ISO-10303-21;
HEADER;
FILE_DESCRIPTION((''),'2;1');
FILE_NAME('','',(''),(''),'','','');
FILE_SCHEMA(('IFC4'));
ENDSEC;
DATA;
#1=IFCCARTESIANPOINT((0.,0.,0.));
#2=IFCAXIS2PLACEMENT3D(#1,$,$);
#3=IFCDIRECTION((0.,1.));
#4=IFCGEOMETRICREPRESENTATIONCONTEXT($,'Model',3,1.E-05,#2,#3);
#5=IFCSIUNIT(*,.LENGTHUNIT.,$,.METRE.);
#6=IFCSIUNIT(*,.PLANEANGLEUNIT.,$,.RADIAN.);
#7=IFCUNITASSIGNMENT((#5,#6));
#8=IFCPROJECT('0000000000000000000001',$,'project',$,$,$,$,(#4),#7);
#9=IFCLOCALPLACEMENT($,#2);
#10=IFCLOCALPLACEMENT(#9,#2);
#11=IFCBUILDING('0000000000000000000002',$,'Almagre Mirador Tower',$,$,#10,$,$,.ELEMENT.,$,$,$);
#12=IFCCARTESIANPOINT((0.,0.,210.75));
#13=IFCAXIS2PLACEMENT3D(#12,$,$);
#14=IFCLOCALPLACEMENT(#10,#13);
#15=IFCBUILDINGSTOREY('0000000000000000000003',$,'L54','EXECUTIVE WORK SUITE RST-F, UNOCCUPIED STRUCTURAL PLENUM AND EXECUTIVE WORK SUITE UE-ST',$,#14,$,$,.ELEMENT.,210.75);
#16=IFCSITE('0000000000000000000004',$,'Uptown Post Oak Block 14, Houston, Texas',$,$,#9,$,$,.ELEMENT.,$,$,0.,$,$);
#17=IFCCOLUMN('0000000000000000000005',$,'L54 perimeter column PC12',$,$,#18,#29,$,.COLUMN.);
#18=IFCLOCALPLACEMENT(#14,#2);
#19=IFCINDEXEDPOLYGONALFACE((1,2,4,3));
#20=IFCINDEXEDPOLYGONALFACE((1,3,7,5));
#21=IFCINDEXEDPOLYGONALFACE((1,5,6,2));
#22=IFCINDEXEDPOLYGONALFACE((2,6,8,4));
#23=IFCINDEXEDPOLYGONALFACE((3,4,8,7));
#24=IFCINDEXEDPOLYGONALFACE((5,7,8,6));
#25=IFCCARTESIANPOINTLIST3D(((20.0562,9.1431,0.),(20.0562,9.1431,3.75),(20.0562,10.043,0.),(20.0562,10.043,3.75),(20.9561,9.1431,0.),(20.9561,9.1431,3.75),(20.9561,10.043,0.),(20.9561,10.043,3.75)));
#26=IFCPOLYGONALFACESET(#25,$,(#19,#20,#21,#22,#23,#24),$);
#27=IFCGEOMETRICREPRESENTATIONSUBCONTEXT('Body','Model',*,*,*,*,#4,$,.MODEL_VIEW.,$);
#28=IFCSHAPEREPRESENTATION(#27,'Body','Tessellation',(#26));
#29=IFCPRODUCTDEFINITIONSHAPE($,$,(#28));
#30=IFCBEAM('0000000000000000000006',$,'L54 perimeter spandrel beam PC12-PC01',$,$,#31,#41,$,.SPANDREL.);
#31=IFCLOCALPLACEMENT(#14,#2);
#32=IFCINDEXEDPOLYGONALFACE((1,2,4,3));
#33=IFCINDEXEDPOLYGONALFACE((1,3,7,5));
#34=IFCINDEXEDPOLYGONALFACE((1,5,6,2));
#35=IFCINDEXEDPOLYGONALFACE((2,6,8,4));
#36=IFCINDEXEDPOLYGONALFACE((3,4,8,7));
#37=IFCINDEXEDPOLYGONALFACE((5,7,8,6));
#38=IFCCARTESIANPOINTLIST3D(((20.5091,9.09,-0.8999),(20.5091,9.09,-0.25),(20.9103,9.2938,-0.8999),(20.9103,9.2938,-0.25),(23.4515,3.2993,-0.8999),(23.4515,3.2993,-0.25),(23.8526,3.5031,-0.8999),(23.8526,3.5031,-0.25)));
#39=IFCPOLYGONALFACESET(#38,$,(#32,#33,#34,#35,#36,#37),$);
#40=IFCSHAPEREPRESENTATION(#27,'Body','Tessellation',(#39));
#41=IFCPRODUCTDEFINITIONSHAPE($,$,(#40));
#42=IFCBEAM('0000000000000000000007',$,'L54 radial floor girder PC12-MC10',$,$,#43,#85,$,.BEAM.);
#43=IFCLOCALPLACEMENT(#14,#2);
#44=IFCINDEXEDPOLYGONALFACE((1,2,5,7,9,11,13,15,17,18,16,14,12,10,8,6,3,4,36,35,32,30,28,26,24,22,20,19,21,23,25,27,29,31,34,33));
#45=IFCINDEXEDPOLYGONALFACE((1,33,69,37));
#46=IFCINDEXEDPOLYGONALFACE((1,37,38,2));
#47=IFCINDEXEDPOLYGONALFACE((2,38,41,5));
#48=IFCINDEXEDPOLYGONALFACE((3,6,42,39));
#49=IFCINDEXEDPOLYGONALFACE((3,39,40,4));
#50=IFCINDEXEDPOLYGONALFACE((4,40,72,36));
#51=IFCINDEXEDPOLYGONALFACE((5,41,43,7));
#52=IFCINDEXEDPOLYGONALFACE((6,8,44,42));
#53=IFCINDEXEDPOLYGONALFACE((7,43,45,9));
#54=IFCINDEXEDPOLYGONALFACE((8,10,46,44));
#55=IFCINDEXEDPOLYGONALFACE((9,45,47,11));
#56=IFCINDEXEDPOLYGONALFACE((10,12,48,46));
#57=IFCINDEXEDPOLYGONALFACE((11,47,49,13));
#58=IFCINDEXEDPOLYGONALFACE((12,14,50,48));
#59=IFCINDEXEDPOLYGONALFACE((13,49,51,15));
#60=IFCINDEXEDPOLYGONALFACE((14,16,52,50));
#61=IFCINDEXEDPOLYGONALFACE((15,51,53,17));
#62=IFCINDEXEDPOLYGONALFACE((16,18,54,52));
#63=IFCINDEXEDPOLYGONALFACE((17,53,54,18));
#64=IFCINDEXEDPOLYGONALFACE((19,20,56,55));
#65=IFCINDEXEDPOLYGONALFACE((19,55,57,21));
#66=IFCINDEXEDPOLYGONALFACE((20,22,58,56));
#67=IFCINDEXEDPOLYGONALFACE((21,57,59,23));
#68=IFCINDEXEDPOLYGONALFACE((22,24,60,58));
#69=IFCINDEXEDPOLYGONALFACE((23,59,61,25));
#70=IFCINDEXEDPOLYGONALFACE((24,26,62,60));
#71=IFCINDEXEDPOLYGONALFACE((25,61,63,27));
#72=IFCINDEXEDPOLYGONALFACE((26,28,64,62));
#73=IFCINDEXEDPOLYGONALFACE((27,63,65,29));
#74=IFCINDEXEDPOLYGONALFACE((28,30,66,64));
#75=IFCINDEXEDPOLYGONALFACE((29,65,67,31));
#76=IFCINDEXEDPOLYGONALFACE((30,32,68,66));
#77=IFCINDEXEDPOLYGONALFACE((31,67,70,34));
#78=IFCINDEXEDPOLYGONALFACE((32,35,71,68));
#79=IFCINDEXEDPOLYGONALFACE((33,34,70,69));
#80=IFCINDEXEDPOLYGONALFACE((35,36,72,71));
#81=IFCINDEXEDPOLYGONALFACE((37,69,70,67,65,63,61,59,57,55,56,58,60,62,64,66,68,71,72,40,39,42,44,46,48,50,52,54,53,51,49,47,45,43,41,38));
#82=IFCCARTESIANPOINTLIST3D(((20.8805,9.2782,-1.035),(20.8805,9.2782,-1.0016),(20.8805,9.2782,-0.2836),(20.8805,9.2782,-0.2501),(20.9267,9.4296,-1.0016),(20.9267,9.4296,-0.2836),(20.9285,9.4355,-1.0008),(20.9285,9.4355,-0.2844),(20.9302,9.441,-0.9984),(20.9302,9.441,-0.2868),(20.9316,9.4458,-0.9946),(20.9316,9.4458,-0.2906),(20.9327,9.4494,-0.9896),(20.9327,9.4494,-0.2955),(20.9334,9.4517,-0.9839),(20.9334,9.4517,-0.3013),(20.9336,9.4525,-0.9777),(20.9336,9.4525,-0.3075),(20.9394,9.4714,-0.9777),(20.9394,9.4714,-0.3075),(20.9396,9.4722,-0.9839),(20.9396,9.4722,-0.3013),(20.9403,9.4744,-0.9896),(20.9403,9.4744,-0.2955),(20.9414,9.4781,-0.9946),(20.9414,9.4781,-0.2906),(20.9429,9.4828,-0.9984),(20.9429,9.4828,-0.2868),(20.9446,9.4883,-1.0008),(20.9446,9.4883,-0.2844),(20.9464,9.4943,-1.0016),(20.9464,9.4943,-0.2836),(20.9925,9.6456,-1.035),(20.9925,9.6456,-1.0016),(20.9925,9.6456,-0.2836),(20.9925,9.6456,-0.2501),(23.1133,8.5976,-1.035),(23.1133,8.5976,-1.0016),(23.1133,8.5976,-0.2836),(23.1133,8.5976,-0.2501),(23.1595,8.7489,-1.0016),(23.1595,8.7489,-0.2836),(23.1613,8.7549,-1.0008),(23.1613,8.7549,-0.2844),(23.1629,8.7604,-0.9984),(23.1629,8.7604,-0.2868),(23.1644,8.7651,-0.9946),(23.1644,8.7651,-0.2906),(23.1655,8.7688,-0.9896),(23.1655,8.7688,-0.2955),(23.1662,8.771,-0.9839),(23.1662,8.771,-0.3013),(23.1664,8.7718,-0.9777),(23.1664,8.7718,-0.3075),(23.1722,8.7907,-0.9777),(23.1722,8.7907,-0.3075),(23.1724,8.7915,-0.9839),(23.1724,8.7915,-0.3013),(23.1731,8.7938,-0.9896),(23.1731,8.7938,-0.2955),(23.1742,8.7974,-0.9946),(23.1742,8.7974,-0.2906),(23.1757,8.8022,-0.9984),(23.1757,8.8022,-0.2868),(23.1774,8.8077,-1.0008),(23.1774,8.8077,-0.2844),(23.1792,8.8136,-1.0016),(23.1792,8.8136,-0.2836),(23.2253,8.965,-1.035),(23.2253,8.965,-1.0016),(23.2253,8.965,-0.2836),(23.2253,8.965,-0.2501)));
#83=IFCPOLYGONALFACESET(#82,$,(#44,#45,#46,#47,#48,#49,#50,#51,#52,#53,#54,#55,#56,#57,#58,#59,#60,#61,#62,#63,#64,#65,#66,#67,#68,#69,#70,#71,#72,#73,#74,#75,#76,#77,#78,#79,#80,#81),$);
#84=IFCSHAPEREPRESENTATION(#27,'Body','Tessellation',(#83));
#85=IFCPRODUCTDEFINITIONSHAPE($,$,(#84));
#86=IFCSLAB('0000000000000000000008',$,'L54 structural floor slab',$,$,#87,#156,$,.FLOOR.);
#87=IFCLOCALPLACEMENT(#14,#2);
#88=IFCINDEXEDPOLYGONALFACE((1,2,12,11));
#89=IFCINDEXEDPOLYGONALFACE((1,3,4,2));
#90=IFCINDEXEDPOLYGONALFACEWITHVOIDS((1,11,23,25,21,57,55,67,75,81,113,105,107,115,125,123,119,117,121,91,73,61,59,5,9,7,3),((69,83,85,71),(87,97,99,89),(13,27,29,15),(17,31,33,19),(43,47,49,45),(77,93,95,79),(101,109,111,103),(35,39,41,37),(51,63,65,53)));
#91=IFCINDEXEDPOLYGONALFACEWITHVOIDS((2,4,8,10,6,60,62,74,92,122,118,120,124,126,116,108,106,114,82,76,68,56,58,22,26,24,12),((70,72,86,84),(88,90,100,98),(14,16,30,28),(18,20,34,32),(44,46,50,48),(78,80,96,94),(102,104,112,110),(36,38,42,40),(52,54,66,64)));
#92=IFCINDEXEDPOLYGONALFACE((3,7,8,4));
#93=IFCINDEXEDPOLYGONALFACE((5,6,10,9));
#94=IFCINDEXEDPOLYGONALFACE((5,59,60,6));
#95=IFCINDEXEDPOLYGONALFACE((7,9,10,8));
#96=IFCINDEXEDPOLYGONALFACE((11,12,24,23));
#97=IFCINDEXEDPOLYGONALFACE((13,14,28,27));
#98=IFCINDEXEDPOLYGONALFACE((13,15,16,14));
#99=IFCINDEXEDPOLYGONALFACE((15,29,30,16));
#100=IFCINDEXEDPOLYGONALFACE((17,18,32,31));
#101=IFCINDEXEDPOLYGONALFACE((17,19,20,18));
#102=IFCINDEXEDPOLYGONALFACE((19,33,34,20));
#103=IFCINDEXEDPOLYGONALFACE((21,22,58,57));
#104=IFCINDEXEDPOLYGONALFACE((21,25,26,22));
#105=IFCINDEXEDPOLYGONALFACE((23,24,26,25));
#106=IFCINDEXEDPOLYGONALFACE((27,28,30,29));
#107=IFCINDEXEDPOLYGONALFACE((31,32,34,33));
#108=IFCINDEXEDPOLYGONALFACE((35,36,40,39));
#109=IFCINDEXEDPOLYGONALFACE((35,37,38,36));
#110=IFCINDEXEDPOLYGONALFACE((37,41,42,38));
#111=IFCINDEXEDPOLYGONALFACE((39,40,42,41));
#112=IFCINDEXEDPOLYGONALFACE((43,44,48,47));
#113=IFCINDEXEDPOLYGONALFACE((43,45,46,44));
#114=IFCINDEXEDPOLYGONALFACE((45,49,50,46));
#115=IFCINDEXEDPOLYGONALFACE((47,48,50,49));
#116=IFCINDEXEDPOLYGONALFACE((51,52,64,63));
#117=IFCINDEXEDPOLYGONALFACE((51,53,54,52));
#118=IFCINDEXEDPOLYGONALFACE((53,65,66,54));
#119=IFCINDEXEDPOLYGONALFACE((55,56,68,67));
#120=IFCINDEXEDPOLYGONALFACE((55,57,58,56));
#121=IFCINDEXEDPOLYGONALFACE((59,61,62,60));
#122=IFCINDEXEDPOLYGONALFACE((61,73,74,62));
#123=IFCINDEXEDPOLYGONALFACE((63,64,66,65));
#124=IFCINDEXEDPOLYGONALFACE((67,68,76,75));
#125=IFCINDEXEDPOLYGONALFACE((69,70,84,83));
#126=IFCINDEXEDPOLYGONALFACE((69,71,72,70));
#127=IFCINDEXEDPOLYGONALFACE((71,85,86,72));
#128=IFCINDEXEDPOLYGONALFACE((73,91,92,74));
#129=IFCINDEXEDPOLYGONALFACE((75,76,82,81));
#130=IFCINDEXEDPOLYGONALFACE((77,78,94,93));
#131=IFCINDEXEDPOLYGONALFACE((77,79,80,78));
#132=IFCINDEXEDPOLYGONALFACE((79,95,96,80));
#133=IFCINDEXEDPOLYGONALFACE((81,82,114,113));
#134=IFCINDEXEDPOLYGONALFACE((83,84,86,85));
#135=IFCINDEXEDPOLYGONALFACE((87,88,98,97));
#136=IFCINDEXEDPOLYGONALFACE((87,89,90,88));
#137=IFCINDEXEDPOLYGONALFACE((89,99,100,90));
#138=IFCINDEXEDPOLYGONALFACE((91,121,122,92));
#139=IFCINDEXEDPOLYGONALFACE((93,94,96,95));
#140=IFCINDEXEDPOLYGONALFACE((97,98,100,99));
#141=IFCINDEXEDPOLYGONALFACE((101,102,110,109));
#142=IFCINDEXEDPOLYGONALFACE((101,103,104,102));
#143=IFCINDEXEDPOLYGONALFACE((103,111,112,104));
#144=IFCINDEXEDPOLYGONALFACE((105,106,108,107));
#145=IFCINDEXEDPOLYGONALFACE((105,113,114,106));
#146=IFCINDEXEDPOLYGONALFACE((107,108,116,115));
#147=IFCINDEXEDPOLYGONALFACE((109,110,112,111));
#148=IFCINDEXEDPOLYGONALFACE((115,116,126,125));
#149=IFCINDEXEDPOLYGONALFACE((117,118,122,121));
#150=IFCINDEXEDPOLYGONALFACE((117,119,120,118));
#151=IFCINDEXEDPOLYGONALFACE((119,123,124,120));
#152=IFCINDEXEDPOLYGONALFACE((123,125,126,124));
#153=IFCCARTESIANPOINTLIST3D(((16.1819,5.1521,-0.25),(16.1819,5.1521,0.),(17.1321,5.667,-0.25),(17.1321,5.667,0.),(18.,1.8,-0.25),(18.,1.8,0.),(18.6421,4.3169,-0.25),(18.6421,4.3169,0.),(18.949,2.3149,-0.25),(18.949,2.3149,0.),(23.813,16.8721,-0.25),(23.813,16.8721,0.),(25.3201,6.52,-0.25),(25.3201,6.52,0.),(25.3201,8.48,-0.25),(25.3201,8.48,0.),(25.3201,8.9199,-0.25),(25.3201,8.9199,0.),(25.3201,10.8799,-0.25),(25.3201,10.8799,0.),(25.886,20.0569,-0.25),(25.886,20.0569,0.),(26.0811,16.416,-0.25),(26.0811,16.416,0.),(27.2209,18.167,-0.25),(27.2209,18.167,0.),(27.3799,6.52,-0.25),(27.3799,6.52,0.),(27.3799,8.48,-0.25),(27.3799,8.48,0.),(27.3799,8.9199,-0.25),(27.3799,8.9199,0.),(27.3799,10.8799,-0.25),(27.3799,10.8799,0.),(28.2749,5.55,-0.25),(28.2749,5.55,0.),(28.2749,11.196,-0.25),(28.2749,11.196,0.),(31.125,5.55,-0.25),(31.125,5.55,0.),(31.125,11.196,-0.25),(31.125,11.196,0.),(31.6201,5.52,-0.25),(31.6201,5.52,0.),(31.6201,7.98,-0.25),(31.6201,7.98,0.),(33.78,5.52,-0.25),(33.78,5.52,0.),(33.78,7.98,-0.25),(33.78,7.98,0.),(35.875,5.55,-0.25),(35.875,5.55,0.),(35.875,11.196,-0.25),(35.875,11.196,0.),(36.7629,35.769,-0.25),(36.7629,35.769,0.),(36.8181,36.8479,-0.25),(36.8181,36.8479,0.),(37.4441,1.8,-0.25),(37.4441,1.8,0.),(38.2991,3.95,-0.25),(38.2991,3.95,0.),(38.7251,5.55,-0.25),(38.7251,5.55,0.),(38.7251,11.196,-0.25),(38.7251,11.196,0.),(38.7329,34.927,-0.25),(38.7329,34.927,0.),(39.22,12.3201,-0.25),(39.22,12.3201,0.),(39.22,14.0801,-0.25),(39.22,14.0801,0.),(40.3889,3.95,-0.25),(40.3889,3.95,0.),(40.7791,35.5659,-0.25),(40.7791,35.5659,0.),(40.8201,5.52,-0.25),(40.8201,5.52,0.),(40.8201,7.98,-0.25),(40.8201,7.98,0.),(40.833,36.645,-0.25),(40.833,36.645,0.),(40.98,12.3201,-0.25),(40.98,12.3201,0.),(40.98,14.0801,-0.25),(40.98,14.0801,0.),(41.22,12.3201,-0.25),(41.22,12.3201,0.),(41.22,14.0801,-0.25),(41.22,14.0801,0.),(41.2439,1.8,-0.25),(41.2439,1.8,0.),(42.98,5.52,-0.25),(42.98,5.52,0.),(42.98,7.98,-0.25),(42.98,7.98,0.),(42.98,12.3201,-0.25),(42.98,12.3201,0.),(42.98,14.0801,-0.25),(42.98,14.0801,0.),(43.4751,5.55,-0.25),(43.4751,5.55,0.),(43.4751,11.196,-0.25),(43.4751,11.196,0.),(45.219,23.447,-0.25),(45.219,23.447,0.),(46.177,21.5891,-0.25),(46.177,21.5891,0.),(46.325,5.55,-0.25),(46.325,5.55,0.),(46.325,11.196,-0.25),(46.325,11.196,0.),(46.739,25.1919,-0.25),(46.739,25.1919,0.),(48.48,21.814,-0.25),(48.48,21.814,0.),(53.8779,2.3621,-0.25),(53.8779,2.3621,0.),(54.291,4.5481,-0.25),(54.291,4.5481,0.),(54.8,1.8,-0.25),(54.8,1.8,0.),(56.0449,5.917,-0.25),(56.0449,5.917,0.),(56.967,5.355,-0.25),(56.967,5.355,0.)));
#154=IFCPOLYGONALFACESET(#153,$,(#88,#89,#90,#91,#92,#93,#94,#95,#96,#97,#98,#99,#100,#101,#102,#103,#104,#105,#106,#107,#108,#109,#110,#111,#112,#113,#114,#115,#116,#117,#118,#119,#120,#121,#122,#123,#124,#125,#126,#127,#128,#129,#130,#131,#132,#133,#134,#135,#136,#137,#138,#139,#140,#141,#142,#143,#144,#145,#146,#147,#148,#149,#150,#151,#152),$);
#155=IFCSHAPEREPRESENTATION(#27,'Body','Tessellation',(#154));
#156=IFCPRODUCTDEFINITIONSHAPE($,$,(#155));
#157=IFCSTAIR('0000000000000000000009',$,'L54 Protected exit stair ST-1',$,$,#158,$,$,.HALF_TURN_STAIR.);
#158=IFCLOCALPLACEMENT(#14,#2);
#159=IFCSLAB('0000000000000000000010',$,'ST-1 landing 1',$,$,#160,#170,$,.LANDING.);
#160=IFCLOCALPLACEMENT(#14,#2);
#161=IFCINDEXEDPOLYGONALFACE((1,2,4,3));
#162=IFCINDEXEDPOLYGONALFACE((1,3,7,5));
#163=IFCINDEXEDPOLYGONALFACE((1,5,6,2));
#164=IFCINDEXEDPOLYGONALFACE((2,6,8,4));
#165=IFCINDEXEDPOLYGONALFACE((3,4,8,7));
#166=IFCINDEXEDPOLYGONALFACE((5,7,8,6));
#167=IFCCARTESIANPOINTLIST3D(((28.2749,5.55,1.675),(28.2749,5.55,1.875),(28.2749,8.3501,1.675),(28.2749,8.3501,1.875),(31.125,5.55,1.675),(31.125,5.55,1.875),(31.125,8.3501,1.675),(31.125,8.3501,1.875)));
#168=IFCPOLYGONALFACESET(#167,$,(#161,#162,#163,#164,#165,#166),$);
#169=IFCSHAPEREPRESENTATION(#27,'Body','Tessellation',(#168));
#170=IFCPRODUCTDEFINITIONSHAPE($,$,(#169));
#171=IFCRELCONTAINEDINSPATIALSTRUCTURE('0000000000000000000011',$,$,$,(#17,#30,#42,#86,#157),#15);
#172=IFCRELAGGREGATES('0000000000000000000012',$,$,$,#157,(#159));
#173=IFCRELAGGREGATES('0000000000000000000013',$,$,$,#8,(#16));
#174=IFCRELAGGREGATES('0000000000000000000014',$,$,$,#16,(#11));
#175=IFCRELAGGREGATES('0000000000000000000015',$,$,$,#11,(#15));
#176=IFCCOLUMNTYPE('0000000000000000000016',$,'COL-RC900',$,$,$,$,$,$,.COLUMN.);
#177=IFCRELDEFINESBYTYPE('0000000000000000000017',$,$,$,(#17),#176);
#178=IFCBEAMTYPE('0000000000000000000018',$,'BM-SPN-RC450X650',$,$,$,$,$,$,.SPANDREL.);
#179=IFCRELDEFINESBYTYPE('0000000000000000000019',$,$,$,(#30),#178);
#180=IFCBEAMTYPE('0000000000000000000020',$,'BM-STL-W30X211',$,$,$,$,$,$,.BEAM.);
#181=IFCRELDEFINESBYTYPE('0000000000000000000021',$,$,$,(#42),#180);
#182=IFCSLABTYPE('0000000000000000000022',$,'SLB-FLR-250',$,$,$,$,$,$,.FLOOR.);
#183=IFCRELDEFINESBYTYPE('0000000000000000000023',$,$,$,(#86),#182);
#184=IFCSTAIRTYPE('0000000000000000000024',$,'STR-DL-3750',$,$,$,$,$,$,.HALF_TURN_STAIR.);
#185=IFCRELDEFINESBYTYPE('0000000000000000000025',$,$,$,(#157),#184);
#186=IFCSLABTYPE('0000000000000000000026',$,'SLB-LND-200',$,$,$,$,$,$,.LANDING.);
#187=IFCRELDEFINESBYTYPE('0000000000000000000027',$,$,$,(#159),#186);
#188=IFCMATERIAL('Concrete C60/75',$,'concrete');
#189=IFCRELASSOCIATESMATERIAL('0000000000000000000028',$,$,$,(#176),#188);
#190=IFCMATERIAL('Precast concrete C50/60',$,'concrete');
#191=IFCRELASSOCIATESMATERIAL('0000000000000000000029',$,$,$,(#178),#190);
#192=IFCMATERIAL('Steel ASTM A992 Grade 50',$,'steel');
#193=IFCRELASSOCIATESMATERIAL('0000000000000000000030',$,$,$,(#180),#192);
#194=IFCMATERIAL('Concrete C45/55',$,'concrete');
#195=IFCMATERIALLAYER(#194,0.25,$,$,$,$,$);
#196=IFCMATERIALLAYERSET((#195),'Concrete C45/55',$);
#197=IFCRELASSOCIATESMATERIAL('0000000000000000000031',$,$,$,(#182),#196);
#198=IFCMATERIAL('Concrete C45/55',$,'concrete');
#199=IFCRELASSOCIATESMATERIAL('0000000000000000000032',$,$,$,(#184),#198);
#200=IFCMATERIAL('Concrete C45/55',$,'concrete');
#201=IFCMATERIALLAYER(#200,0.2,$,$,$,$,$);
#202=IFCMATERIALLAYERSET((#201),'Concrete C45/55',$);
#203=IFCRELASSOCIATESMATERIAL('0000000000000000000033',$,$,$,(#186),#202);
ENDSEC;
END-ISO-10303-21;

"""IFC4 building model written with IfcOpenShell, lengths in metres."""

from ifc_helpers import new_model, si_unit, direction, frame, origin, origin_2d, place, context, subcontext, project, spatial, polyline, rectangle, i_section, outline, extrude, material, layer, layer_set, material_profile, profile_set, type_object, element, aggregate, save


model = new_model("IFC4")

# Units and contexts
model_context = context("Model", 3, precision=1e-05, world=origin(), true_north=direction((0.0, 1.0)))
body_context = subcontext(model_context, "Body", "Model", "MODEL_VIEW")
ifc_project = project(units=[si_unit("LENGTHUNIT", "METRE"), si_unit("PLANEANGLEUNIT", "RADIAN")], contexts=[model_context])

# Site, building, storey
site_placement = place(None, origin())
site = spatial("IfcSite", under=ifc_project, at=site_placement, Name="Uptown Post Oak Block 14, Houston, Texas", CompositionType="ELEMENT", RefElevation=0.0)
building_placement = place(site_placement, origin())
building = spatial("IfcBuilding", under=site, at=building_placement, Name="Almagre Mirador Tower", CompositionType="ELEMENT")
storey_placement = place(building_placement, frame((0.0, 0.0, 210.75)))
storey = spatial("IfcBuildingStorey", under=building, at=storey_placement, Name="L54", Description="EXECUTIVE WORK SUITE RST-F, UNOCCUPIED STRUCTURAL PLENUM AND EXECUTIVE WORK SUITE UE-ST", CompositionType="ELEMENT", Elevation=210.75)

# Column
ifc_material_1 = material(Name="Concrete C60/75", Category="concrete")
ifc_material_profile_1 = material_profile(ifc_material_1, rectangle(XDim=0.8999, YDim=0.8999, at=origin_2d()), Name="RC900X900")
ifc_profile_set_1 = profile_set([ifc_material_profile_1], Name="Concrete C60/75")
column_type = type_object("IfcColumnType", Name="COL-RC900", PredefinedType="COLUMN", material=ifc_profile_set_1)
column_placement = place(storey_placement, frame((20.5061, 9.593, 0.0), z_axis=(0.0, 0.0, 1.0), x_axis=(1.0, 0.0, 0.0)))
element("IfcColumn", 1, at=column_placement, inside=storey, type_object=column_type, Name="L54 perimeter column PC12", PredefinedType="COLUMN", context=body_context, shape_type="SweptSolid", body=[
    extrude(rectangle(XDim=0.8999, YDim=0.8999, at=origin_2d()), origin(), (0.0, 0.0, 1.0), 3.75),
])

# Beams
ifc_material_2 = material(Name="Precast concrete C50/60", Category="concrete")
ifc_material_profile_2 = material_profile(ifc_material_2, rectangle(XDim=0.45, YDim=0.6499, at=origin_2d()), Name="RC450X650")
ifc_profile_set_2 = profile_set([ifc_material_profile_2], Name="Precast concrete C50/60")
beam_type_1 = type_object("IfcBeamType", Name="BM-SPN-RC450X650", PredefinedType="SPANDREL", material=ifc_profile_set_2)
beam_1_placement = place(storey_placement, frame((20.7097, 9.1919, -0.575), z_axis=(0.452993, -0.891514, 0.0), x_axis=(0.891514, 0.452993, 0.0)))
element("IfcBeam", 2, at=beam_1_placement, inside=storey, type_object=beam_type_1, Name="L54 perimeter spandrel beam PC12-PC01", PredefinedType="SPANDREL", context=body_context, shape_type="SweptSolid", body=[
    extrude(rectangle(XDim=0.45, YDim=0.6499, at=origin_2d()), origin(), (0.0, 0.0, 1.0), 6.4954),
])
ifc_material_3 = material(Name="Steel ASTM A992 Grade 50", Category="steel")
ifc_material_profile_3 = material_profile(ifc_material_3, i_section(OverallWidth=0.384, OverallDepth=0.7849, WebThickness=0.0198, FlangeThickness=0.0334, FilletRadius=0.0239, at=origin_2d()), Name="W30X211")
ifc_profile_set_3 = profile_set([ifc_material_profile_3], Name="Steel ASTM A992 Grade 50")
beam_type_2 = type_object("IfcBeamType", Name="BM-STL-W30X211", PredefinedType="BEAM", material=ifc_profile_set_3)
beam_2_placement = place(storey_placement, frame((20.9365, 9.4619, -0.6426), z_axis=(0.956545, -0.291586, 0.0), x_axis=(0.291586, 0.956545, 0.0)))
element("IfcBeam", 3, at=beam_2_placement, inside=storey, type_object=beam_type_2, Name="L54 radial floor girder PC12-MC10", PredefinedType="BEAM", context=body_context, shape_type="SweptSolid", body=[
    extrude(i_section(OverallWidth=0.384, OverallDepth=0.7849, WebThickness=0.0198, FlangeThickness=0.0334, FilletRadius=0.0239, at=origin_2d()), origin(), (0.0, 0.0, 1.0), 2.3342),
])

# Slab
ifc_material_4 = material(Name="Concrete C45/55", Category="concrete")
ifc_layer_1 = layer(ifc_material_4, 0.25)
ifc_layer_set_1 = layer_set([ifc_layer_1], Name="Concrete C45/55")
slab_type_1 = type_object("IfcSlabType", Name="SLB-FLR-250", PredefinedType="FLOOR", material=ifc_layer_set_1)
slab_1_placement = place(storey_placement, frame((0.0, 0.0, -0.25)))
element("IfcSlab", 4, at=slab_1_placement, inside=storey, type_object=slab_type_1, Name="L54 structural floor slab", PredefinedType="FLOOR", context=body_context, shape_type="SweptSolid", body=[
    extrude(outline(polyline([(16.1819, 5.1521), (17.1321, 5.667), (18.6421, 4.3169), (18.949, 2.3149), (18.0, 1.8), (37.4441, 1.8), (38.2991, 3.95), (40.3889, 3.95), (41.2439, 1.8), (54.8, 1.8), (53.8779, 2.3621), (54.291, 4.5481), (56.0449, 5.917), (56.967, 5.355), (48.48, 21.814), (46.177, 21.5891), (45.219, 23.447), (46.739, 25.1919), (40.833, 36.645), (40.7791, 35.5659), (38.7329, 34.927), (36.7629, 35.769), (36.8181, 36.8479), (25.886, 20.0569), (27.2209, 18.167), (26.0811, 16.416), (23.813, 16.8721), (16.1819, 5.1521)]), holes=[polyline([(43.4751, 5.55), (43.4751, 11.196), (46.325, 11.196), (46.325, 5.55), (43.4751, 5.55)]), polyline([(41.22, 12.3201), (41.22, 14.0801), (42.98, 14.0801), (42.98, 12.3201), (41.22, 12.3201)]), polyline([(42.98, 5.52), (40.8201, 5.52), (40.8201, 7.98), (42.98, 7.98), (42.98, 5.52)]), polyline([(39.22, 12.3201), (39.22, 14.0801), (40.98, 14.0801), (40.98, 12.3201), (39.22, 12.3201)]), polyline([(35.875, 5.55), (35.875, 11.196), (38.7251, 11.196), (38.7251, 5.55), (35.875, 5.55)]), polyline([(33.78, 5.52), (31.6201, 5.52), (31.6201, 7.98), (33.78, 7.98), (33.78, 5.52)]), polyline([(28.2749, 5.55), (28.2749, 11.196), (31.125, 11.196), (31.125, 5.55), (28.2749, 5.55)]), polyline([(27.3799, 6.52), (25.3201, 6.52), (25.3201, 8.48), (27.3799, 8.48), (27.3799, 6.52)]), polyline([(27.3799, 8.9199), (25.3201, 8.9199), (25.3201, 10.8799), (27.3799, 10.8799), (27.3799, 8.9199)])]), origin(), (0.0, 0.0, 1.0), 0.25),
])

# Stair, slab
ifc_material_5 = material(Name="Concrete C45/55", Category="concrete")
stair_type = type_object("IfcStairType", Name="STR-DL-3750", PredefinedType="HALF_TURN_STAIR", material=ifc_material_5)
stair_1_placement = place(storey_placement, origin())
stair_1 = element("IfcStair", 5, at=stair_1_placement, inside=storey, type_object=stair_type, Name="L54 Protected exit stair ST-1", PredefinedType="HALF_TURN_STAIR")
ifc_material_6 = material(Name="Concrete C45/55", Category="concrete")
ifc_layer_2 = layer(ifc_material_6, 0.2)
ifc_layer_set_2 = layer_set([ifc_layer_2], Name="Concrete C45/55")
slab_type_2 = type_object("IfcSlabType", Name="SLB-LND-200", PredefinedType="LANDING", material=ifc_layer_set_2)
slab_2_placement = place(storey_placement, frame((0.0, 0.0, 1.675)))
slab_2 = element("IfcSlab", 6, at=slab_2_placement, type_object=slab_type_2, Name="ST-1 landing 1", PredefinedType="LANDING", context=body_context, shape_type="SweptSolid", body=[
    extrude(outline(polyline([(28.2749, 8.3501), (28.2749, 5.55), (31.125, 5.55), (31.125, 8.3501), (28.2749, 8.3501)])), origin(), (0.0, 0.0, 1.0), 0.2),
])
aggregate(stair_1, [slab_2])

save(model, "model.ifc")
